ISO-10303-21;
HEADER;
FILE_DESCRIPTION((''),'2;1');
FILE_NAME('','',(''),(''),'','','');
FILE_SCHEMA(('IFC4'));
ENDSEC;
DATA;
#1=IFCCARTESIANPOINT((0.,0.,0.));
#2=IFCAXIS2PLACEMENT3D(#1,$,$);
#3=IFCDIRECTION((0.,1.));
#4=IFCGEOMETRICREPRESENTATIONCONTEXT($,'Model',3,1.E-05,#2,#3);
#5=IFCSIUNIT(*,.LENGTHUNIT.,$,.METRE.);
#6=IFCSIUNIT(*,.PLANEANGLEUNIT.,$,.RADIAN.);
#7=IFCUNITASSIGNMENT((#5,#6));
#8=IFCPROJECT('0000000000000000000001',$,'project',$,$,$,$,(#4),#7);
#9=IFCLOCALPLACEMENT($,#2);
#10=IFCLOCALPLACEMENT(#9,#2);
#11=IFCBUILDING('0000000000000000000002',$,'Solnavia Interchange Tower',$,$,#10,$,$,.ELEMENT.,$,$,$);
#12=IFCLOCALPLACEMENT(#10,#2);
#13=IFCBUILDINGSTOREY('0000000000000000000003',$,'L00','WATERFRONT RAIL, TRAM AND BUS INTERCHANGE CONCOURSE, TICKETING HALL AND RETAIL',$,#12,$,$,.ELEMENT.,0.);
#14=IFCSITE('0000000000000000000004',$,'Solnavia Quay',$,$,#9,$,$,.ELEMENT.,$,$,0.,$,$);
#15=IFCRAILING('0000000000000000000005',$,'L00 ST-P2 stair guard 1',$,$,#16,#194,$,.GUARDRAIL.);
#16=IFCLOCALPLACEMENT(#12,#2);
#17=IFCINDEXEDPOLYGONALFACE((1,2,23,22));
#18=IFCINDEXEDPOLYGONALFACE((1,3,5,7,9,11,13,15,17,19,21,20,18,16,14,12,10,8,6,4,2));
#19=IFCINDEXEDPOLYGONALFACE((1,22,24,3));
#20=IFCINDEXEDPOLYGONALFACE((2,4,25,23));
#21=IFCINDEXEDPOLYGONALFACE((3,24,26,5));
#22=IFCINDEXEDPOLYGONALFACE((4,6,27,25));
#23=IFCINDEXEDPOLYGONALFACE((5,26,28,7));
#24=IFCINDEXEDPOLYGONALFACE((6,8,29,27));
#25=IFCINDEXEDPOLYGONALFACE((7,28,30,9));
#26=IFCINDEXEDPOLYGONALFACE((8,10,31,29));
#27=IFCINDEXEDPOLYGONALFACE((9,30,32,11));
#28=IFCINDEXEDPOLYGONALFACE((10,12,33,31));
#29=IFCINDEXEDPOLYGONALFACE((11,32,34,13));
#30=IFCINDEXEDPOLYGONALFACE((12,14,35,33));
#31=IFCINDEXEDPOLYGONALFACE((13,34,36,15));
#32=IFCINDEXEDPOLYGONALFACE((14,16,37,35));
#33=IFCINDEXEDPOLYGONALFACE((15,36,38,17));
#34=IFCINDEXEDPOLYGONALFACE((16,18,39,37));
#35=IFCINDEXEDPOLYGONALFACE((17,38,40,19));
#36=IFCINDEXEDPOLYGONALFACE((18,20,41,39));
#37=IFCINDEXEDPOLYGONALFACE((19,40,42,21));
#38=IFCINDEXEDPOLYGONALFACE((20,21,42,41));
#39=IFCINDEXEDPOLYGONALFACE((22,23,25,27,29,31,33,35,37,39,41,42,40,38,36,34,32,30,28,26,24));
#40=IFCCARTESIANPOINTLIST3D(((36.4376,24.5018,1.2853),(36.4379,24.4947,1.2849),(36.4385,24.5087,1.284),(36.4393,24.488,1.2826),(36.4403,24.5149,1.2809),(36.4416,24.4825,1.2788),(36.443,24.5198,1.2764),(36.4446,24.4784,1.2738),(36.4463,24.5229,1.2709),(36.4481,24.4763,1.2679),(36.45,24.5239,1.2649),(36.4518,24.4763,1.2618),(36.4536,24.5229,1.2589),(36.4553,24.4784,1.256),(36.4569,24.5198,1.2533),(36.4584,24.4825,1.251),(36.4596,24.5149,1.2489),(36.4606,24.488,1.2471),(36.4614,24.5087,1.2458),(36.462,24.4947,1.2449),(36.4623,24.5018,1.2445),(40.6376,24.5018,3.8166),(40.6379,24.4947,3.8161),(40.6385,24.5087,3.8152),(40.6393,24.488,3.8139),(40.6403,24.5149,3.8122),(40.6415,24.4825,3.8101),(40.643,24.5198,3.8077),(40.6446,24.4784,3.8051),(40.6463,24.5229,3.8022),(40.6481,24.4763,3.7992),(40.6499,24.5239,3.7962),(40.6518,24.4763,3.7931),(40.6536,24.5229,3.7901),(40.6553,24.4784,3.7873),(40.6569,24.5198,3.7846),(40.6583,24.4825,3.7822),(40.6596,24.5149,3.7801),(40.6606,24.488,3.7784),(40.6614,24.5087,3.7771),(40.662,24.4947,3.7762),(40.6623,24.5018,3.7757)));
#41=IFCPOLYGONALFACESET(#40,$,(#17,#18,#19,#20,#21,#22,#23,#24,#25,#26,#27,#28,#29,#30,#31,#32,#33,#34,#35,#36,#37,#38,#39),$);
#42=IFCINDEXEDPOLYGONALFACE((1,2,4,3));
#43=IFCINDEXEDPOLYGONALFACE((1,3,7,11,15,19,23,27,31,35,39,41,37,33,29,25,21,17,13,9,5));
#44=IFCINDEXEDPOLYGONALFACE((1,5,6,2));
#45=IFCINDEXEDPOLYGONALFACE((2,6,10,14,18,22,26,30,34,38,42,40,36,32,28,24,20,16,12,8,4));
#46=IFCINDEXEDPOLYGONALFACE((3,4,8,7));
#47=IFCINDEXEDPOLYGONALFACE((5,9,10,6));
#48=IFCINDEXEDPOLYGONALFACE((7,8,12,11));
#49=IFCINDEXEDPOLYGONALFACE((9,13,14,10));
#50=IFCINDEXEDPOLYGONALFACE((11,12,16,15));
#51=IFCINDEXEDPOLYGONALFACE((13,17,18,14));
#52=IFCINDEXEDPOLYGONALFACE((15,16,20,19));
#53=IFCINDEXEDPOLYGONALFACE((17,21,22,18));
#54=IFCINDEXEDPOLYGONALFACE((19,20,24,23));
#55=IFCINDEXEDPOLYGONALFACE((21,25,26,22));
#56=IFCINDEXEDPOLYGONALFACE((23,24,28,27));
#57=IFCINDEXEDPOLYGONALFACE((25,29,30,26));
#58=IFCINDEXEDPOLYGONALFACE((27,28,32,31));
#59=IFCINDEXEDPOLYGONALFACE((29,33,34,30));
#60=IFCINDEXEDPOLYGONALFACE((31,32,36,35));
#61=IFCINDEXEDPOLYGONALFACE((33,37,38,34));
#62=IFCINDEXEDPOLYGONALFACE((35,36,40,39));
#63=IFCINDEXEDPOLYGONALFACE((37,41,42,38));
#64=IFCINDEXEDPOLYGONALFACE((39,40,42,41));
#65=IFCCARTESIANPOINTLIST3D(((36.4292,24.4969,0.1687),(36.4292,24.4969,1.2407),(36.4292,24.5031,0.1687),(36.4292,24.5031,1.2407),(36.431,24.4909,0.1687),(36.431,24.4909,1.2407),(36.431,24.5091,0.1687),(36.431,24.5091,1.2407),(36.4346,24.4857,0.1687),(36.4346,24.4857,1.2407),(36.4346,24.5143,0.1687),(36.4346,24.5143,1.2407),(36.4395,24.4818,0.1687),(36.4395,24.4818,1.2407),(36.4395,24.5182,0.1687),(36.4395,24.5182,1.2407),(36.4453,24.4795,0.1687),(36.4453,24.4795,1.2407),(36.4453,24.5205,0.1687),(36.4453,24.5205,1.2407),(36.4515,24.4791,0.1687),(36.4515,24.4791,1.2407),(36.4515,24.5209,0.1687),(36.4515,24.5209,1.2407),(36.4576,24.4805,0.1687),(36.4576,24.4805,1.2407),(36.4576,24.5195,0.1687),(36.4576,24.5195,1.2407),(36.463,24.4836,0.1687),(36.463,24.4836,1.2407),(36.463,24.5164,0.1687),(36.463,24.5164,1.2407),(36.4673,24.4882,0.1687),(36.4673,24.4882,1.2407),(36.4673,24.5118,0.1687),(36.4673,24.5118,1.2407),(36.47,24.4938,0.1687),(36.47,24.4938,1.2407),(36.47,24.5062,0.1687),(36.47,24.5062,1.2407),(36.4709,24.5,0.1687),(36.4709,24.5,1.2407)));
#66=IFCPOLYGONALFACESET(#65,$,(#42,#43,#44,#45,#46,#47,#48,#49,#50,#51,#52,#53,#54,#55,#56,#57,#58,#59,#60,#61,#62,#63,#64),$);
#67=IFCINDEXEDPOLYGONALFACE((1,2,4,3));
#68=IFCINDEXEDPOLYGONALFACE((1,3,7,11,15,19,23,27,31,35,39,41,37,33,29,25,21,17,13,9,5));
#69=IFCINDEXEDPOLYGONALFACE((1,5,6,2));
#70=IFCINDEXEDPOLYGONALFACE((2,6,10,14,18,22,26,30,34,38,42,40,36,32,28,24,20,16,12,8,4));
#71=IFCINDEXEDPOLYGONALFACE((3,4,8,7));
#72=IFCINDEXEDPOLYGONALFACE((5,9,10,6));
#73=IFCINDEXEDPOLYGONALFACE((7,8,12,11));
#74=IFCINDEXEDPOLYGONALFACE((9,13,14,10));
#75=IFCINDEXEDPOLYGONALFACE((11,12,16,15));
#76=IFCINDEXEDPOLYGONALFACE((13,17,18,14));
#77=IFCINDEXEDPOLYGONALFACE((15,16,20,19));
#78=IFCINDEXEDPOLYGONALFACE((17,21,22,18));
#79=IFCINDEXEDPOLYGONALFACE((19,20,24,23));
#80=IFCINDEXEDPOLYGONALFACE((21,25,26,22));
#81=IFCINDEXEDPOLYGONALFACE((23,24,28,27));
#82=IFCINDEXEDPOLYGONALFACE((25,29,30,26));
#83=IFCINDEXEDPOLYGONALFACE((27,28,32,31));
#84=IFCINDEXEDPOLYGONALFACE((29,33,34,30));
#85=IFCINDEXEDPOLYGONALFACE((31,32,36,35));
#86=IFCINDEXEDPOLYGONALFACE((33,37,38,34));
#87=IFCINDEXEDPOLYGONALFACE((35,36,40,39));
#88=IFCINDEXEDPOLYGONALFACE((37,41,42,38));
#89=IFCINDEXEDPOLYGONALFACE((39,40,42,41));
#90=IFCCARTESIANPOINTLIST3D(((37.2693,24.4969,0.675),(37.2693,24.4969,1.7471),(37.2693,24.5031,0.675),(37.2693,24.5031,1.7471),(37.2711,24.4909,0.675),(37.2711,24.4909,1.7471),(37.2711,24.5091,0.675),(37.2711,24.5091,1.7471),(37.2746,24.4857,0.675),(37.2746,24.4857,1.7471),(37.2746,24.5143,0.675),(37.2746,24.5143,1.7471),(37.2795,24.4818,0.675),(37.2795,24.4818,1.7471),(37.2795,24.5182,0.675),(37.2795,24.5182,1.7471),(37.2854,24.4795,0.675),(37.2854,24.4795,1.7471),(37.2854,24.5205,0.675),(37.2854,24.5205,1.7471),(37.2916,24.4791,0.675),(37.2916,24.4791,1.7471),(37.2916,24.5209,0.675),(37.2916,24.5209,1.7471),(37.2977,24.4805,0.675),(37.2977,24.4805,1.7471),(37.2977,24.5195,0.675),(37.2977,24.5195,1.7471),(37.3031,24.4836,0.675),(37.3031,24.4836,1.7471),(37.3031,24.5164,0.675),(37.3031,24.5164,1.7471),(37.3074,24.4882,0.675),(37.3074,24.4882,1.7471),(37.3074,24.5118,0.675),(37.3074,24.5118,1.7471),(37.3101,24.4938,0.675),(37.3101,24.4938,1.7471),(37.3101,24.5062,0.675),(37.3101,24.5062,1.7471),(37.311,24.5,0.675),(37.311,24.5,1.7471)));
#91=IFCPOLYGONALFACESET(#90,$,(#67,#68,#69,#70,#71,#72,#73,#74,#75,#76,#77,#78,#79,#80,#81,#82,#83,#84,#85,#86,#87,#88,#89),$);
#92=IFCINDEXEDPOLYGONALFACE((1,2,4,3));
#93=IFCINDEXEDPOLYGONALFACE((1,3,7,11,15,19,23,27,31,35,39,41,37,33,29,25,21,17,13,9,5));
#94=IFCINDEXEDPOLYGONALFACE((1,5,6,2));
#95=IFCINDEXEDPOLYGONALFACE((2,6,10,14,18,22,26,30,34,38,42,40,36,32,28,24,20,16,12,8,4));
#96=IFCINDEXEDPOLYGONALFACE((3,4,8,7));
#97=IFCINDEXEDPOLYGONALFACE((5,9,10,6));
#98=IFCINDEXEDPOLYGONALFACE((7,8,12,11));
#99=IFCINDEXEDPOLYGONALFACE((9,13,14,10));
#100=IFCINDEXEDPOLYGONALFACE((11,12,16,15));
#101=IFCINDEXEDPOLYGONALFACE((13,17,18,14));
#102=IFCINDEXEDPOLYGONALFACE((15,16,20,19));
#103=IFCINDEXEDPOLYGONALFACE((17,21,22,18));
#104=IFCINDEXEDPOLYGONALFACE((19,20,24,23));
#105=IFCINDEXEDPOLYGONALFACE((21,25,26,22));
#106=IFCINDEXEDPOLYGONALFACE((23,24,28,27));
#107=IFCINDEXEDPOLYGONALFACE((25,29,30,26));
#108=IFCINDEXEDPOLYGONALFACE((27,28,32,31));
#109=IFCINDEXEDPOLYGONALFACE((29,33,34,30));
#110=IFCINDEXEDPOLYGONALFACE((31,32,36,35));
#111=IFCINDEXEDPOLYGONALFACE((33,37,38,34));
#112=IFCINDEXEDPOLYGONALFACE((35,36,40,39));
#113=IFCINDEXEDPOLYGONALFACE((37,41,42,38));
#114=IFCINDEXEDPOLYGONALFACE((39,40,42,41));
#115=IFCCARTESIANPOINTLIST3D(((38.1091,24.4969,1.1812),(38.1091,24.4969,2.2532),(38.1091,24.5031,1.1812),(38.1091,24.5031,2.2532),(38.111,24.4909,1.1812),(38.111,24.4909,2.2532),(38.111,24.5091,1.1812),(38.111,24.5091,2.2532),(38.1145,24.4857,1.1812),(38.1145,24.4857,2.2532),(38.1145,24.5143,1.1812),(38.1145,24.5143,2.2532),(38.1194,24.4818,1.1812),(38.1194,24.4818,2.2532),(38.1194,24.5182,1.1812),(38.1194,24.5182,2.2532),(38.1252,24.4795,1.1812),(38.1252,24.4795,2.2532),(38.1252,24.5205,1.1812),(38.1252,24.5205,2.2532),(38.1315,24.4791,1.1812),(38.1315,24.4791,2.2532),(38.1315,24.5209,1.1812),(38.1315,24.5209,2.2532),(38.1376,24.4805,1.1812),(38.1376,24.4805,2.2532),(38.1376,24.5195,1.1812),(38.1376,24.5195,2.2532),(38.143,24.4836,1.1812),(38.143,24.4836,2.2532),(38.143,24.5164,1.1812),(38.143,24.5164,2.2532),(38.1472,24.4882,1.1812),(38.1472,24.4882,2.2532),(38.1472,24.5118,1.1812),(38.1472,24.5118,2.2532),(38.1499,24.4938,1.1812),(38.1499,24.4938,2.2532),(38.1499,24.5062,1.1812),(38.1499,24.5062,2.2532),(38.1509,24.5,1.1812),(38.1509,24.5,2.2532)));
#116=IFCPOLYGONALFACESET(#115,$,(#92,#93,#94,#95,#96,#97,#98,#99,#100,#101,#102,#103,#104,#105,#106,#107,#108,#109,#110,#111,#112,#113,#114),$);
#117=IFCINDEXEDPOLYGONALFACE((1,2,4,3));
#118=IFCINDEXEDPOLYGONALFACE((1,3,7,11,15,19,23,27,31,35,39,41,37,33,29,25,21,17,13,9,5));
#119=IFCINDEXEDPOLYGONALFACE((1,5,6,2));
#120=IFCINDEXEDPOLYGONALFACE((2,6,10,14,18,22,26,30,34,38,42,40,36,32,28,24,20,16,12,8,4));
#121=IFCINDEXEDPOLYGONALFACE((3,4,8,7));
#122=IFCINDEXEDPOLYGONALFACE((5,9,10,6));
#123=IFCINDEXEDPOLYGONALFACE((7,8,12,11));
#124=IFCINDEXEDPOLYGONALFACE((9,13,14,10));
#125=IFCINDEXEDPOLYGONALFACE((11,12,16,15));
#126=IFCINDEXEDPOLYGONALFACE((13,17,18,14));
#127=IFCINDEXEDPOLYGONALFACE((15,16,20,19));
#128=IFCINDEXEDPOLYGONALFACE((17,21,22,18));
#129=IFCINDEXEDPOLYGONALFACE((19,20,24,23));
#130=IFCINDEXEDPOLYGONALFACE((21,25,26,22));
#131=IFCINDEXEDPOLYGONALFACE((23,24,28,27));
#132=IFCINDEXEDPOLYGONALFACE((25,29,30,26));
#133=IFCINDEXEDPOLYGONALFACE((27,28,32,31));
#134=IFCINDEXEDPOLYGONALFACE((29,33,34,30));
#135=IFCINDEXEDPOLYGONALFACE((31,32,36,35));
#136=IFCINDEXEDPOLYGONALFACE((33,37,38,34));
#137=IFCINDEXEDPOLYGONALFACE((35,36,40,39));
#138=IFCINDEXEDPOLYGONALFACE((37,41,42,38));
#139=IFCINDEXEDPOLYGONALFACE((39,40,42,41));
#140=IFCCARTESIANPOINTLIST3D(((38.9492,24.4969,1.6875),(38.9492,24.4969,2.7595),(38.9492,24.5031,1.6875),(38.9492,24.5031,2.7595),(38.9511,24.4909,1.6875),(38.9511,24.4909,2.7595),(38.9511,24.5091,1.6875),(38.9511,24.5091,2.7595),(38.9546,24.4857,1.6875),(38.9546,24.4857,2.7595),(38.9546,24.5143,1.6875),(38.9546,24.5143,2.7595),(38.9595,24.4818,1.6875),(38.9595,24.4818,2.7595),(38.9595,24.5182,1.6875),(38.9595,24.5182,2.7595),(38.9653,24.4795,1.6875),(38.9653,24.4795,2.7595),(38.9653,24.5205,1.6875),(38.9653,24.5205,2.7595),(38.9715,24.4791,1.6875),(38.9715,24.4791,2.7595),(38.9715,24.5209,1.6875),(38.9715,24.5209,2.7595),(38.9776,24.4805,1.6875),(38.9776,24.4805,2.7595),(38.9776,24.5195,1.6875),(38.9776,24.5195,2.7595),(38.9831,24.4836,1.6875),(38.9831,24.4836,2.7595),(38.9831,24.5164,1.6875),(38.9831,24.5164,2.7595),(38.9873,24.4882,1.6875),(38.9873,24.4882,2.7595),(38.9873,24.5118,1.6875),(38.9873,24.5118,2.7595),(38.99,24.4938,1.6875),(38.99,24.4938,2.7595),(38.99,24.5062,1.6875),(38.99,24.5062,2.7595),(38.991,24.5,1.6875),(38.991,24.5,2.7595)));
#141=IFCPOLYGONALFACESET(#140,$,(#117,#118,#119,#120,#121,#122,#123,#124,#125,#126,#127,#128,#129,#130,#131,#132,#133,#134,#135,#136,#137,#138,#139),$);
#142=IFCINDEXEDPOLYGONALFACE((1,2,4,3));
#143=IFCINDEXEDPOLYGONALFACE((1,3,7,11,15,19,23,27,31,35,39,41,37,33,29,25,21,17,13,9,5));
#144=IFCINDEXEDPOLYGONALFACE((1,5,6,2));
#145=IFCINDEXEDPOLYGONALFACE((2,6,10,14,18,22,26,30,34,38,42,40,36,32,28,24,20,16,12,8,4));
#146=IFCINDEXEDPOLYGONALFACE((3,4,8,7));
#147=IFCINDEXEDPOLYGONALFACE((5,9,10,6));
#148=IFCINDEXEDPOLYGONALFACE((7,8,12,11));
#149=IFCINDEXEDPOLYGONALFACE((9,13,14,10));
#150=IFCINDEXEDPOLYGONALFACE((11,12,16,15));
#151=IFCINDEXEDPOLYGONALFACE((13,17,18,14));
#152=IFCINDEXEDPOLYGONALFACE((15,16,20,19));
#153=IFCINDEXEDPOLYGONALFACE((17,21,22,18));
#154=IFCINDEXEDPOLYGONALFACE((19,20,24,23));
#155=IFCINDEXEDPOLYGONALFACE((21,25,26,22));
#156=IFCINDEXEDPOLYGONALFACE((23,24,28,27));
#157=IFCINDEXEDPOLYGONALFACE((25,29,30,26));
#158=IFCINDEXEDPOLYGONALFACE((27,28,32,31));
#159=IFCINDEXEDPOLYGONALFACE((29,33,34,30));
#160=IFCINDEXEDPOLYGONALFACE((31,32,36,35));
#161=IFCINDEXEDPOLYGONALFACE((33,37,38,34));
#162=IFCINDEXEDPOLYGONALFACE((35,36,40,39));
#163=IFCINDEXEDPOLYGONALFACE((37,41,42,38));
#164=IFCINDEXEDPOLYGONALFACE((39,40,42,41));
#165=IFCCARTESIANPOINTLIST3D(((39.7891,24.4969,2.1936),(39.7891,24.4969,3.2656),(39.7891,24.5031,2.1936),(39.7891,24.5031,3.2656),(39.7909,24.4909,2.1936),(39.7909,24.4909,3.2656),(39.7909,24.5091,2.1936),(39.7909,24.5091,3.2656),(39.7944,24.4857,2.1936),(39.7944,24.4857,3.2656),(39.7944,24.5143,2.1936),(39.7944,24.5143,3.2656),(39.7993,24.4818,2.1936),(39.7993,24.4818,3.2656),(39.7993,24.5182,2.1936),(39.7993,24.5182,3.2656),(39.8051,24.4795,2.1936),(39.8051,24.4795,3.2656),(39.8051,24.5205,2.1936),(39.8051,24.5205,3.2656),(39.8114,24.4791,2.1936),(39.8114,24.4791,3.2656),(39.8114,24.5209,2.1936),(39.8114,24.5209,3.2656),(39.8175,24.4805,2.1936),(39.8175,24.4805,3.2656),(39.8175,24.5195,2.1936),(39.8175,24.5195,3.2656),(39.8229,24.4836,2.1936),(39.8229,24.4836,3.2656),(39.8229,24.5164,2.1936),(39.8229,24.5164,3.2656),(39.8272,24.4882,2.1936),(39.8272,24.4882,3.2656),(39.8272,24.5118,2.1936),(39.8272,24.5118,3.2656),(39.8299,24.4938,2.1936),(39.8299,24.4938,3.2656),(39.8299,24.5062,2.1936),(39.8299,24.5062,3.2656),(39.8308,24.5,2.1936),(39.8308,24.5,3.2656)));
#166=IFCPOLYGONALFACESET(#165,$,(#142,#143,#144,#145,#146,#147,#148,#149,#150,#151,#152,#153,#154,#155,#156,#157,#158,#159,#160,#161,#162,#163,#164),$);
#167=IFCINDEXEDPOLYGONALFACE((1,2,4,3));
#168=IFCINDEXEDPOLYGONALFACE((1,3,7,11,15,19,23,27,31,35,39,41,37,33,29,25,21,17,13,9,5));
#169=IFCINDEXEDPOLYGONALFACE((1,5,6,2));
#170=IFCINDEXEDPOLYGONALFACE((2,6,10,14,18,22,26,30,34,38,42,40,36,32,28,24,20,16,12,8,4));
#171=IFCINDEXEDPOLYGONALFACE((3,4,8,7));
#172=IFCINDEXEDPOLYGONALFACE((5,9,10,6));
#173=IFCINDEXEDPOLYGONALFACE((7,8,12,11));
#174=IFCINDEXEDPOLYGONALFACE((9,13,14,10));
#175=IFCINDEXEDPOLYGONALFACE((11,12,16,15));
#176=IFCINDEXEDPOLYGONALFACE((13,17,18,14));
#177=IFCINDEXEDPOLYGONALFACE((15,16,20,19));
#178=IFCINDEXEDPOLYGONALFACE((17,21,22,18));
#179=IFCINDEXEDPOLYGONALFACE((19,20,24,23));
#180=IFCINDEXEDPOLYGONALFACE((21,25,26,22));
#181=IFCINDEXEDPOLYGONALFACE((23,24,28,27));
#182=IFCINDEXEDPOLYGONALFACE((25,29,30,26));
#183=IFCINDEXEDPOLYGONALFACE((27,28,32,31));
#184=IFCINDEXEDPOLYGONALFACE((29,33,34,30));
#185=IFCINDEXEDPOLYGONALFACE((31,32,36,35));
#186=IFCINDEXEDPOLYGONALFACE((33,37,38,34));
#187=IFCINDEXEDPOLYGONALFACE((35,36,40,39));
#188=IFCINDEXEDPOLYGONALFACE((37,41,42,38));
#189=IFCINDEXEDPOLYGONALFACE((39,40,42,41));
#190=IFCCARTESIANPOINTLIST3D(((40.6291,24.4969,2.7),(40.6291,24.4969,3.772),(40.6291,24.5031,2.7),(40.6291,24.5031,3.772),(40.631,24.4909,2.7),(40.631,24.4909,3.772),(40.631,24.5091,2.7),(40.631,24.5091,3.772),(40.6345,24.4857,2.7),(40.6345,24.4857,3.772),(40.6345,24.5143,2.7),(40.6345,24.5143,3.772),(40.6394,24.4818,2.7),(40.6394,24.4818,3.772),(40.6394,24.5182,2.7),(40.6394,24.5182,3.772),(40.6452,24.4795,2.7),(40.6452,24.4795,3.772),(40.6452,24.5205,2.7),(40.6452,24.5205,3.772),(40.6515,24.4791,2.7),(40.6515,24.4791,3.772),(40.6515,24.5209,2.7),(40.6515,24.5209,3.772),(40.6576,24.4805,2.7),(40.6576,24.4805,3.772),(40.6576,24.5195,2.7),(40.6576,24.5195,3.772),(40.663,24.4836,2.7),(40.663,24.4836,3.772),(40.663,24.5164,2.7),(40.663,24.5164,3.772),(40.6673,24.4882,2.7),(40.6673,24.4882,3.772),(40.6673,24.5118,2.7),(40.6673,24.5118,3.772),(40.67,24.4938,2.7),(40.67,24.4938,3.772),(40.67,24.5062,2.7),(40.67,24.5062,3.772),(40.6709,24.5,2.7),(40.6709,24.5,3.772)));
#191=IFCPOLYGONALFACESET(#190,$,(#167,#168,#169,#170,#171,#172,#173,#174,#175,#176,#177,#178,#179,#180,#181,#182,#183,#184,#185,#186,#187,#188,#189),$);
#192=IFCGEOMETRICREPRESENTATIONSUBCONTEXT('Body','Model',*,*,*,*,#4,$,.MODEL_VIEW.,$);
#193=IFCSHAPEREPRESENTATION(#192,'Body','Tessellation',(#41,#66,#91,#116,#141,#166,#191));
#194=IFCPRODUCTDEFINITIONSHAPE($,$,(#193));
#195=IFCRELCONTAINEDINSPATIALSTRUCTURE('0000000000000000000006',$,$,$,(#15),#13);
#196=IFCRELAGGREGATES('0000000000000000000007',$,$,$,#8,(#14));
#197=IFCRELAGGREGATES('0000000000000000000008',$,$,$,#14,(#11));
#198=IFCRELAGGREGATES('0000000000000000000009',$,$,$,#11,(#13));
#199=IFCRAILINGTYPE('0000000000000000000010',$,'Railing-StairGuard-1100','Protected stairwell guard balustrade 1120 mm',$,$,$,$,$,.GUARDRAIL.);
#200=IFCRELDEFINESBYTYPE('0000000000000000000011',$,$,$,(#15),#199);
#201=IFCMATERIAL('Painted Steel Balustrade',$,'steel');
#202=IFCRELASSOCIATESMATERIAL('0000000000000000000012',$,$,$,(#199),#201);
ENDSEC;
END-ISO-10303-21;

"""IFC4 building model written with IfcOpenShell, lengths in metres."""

from ifc_helpers import new_model, si_unit, direction, frame, origin, origin_2d, place, context, subcontext, project, spatial, circle, extrude, material, type_object, element, save


model = new_model("IFC4")

# Units and contexts
model_context = context("Model", 3, precision=1e-05, world=origin(), true_north=direction((0.0, 1.0)))
body_context = subcontext(model_context, "Body", "Model", "MODEL_VIEW")
ifc_project = project(units=[si_unit("LENGTHUNIT", "METRE"), si_unit("PLANEANGLEUNIT", "RADIAN")], contexts=[model_context])

# Site, building, storey
site_placement = place(None, origin())
site = spatial("IfcSite", under=ifc_project, at=site_placement, Name="Solnavia Quay", CompositionType="ELEMENT", RefElevation=0.0)
building_placement = place(site_placement, origin())
building = spatial("IfcBuilding", under=site, at=building_placement, Name="Solnavia Interchange Tower", CompositionType="ELEMENT")
storey_placement = place(building_placement, origin())
storey = spatial("IfcBuildingStorey", under=building, at=storey_placement, Name="L00", Description="WATERFRONT RAIL, TRAM AND BUS INTERCHANGE CONCOURSE, TICKETING HALL AND RETAIL", CompositionType="ELEMENT", Elevation=0.0)

# Railing
ifc_material_1 = material(Name="Painted Steel Balustrade", Category="steel")
railing_type_1 = type_object("IfcRailingType", Name="Railing-StairGuard-1100", Description="Protected stairwell guard balustrade 1120 mm", PredefinedType="GUARDRAIL", material=ifc_material_1)
railing_1_placement = place(storey_placement, frame((36.45, 24.5, 0.1687)))
element("IfcRailing", 1, at=railing_1_placement, inside=storey, type_object=railing_type_1, Name="L00 ST-P2 stair guard 1", PredefinedType="GUARDRAIL", context=body_context, shape_type="SweptSolid", body=[
    extrude(circle(Radius=0.0239, at=origin_2d()), frame((0.0, 0.0, 1.0962), z_axis=(0.856476, 0.0, 0.516186), x_axis=(0.0, 1.0, 0.0)), (0.0, 0.0, 1.0), 4.9038),
    extrude(circle(Radius=0.021, at=origin_2d()), origin(), (0.0, 0.0, 1.0), 1.072),
    extrude(circle(Radius=0.021, at=origin_2d()), frame((0.8401, 0.0, 0.5063)), (0.0, 0.0, 1.0), 1.072),
    extrude(circle(Radius=0.021, at=origin_2d()), frame((1.6799, 0.0, 1.0125)), (0.0, 0.0, 1.0), 1.072),
    extrude(circle(Radius=0.021, at=origin_2d()), frame((2.52, 0.0, 1.5188)), (0.0, 0.0, 1.0), 1.072),
    extrude(circle(Radius=0.021, at=origin_2d()), frame((3.3599, 0.0, 2.0249)), (0.0, 0.0, 1.0), 1.072),
    extrude(circle(Radius=0.021, at=origin_2d()), frame((4.2, 0.0, 2.5312)), (0.0, 0.0, 1.0), 1.072),
])

save(model, "model.ifc")
